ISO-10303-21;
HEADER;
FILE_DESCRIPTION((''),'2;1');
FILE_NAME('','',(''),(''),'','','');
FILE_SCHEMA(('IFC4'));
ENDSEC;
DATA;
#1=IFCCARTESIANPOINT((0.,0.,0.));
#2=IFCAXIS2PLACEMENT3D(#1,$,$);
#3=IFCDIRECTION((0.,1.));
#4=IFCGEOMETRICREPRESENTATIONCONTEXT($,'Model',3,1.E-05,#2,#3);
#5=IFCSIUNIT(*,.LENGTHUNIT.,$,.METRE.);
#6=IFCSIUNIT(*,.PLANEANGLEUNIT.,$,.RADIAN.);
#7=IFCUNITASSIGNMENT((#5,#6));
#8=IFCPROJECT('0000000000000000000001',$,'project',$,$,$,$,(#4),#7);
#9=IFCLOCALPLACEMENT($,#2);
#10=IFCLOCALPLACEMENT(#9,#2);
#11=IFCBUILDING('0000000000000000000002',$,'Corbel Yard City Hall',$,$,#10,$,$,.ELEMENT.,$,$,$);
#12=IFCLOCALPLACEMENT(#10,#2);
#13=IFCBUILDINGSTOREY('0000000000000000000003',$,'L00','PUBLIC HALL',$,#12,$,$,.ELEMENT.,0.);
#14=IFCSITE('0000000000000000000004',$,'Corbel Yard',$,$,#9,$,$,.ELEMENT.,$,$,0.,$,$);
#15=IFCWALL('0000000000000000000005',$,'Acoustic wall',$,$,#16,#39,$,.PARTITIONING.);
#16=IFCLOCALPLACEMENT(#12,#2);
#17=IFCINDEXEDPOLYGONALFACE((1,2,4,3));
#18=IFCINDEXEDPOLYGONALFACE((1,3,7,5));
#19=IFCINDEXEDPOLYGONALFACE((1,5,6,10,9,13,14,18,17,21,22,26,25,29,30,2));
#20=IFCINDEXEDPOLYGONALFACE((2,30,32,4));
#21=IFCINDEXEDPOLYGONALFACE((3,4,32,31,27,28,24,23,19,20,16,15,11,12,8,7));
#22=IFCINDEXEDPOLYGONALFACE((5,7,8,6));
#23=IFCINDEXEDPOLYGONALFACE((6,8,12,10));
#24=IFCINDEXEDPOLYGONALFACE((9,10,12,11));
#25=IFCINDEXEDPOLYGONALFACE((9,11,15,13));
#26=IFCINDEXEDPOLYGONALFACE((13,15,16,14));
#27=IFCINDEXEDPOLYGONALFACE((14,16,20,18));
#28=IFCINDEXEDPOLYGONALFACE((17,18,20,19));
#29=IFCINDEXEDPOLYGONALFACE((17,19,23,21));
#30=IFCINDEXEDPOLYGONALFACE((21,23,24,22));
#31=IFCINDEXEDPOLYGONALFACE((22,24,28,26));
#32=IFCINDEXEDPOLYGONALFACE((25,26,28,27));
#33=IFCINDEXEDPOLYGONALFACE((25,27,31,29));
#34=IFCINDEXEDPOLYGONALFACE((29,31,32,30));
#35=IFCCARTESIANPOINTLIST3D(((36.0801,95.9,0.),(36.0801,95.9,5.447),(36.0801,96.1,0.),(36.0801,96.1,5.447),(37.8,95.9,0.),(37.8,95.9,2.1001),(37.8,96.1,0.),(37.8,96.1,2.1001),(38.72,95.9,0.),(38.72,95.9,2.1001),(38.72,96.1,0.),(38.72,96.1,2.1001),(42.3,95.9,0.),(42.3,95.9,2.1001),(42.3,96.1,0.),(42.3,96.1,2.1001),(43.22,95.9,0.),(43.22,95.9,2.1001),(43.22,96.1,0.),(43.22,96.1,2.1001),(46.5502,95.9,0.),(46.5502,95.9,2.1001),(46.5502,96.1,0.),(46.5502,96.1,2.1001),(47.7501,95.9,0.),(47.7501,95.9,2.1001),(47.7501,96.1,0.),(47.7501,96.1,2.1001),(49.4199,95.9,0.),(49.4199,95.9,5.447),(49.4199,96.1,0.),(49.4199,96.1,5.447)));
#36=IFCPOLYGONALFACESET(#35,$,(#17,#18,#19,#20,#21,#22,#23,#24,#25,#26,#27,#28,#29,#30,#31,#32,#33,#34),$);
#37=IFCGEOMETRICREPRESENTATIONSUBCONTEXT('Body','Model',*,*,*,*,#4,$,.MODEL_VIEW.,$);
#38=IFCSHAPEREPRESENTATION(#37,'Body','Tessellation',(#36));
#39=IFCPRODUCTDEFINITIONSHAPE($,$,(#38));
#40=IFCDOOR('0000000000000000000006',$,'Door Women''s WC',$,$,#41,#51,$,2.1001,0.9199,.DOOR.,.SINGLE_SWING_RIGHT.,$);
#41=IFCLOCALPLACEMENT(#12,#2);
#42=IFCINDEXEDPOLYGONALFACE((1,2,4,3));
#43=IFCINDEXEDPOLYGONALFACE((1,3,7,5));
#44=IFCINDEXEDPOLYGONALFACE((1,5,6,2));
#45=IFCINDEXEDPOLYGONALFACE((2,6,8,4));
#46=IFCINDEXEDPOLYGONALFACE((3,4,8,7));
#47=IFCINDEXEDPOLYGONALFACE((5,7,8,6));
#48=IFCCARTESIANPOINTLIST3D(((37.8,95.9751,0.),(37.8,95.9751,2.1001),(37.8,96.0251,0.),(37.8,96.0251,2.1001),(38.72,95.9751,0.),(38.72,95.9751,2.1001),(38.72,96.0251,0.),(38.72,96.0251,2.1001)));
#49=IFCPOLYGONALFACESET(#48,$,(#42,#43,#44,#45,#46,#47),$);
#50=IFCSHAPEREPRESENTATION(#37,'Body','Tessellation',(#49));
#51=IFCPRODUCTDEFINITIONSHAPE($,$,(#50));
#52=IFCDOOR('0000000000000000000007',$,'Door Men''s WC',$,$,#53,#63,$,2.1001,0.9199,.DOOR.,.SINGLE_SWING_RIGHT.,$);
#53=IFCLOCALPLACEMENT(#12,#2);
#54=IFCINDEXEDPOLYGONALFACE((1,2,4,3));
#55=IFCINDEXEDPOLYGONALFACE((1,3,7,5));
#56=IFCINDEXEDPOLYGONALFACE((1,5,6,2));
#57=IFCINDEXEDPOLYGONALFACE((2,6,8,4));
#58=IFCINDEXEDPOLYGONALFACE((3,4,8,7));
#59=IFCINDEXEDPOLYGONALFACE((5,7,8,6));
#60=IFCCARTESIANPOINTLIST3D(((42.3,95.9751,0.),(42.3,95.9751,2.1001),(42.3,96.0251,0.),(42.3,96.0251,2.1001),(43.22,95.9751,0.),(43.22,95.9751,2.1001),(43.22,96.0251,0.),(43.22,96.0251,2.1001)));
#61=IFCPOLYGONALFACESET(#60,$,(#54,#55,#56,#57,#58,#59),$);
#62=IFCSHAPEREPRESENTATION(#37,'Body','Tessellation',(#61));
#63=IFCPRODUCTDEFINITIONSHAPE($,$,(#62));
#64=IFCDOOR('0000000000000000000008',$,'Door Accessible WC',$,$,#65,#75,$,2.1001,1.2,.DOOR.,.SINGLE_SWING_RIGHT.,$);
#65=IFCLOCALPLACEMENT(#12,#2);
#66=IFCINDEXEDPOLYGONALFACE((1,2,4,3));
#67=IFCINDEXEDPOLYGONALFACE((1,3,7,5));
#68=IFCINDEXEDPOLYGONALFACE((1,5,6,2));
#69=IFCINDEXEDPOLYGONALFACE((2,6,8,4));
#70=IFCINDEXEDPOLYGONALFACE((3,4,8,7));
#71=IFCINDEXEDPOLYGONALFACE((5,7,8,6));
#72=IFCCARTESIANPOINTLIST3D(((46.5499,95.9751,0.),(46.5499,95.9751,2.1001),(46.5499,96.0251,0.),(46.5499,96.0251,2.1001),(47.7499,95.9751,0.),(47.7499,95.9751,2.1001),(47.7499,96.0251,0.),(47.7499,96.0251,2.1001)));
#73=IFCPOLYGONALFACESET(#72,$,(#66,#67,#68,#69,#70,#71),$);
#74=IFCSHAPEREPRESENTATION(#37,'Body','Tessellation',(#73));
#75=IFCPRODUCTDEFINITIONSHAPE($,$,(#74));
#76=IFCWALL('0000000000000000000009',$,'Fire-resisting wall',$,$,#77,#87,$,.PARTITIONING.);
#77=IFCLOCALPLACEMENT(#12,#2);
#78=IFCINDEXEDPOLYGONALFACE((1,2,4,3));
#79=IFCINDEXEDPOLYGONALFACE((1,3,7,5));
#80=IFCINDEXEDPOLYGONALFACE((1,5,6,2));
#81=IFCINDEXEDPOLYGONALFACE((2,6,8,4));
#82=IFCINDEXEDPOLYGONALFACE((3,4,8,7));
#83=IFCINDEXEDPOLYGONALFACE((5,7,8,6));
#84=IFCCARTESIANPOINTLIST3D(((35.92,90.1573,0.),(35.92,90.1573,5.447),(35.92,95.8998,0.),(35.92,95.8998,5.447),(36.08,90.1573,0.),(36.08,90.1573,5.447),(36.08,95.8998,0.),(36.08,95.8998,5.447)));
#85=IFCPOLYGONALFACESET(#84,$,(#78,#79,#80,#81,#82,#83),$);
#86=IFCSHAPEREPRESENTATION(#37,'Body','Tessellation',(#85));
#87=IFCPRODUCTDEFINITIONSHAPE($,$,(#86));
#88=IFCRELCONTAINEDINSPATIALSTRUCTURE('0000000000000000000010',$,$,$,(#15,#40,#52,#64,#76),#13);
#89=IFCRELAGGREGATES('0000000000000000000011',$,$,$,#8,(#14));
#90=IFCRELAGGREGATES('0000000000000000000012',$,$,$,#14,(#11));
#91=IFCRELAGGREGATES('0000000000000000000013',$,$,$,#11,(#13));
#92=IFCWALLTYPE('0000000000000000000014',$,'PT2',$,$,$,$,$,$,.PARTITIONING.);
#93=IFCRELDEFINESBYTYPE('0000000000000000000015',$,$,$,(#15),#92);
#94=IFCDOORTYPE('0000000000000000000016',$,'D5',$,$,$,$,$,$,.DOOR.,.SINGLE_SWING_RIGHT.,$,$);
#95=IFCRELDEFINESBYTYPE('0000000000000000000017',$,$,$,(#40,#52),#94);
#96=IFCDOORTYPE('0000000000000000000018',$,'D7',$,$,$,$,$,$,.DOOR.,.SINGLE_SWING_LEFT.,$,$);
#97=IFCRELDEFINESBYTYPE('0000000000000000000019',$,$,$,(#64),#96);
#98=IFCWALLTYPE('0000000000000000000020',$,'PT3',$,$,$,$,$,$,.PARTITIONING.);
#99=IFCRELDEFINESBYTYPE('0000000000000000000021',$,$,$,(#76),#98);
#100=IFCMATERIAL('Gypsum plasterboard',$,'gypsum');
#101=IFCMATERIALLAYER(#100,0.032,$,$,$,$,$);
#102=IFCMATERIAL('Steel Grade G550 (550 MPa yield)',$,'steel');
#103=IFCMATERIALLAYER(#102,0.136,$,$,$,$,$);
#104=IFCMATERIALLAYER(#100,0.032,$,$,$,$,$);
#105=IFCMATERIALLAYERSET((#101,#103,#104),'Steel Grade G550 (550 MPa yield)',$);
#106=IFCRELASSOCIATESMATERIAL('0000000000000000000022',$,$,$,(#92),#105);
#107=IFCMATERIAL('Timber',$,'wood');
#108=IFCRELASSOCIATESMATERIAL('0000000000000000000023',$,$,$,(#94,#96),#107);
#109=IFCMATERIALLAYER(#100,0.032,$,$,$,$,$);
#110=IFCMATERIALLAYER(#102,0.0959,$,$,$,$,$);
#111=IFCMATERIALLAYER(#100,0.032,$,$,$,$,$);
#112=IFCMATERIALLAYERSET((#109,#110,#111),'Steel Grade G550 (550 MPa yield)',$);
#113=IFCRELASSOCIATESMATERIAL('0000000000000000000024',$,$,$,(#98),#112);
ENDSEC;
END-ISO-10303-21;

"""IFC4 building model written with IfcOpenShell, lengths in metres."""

from ifc_helpers import new_model, si_unit, direction, frame, frame_2d, origin, place, context, subcontext, project, spatial, rectangle, extrude, material, layer, layer_set, type_object, element, fill, save


model = new_model("IFC4")

# Units and contexts
model_context = context("Model", 3, precision=1e-05, world=origin(), true_north=direction((0.0, 1.0)))
body_context = subcontext(model_context, "Body", "Model", "MODEL_VIEW")
ifc_project = project(units=[si_unit("LENGTHUNIT", "METRE"), si_unit("PLANEANGLEUNIT", "RADIAN")], contexts=[model_context])

# Site, building, storey
site_placement = place(None, origin())
site = spatial("IfcSite", under=ifc_project, at=site_placement, Name="Corbel Yard", CompositionType="ELEMENT", RefElevation=0.0)
building_placement = place(site_placement, origin())
building = spatial("IfcBuilding", under=site, at=building_placement, Name="Corbel Yard City Hall", CompositionType="ELEMENT")
storey_placement = place(building_placement, origin())
storey = spatial("IfcBuildingStorey", under=building, at=storey_placement, Name="L00", Description="PUBLIC HALL", CompositionType="ELEMENT", Elevation=0.0)

# Wall, openings, doors
ifc_material_1 = material(Name="Gypsum plasterboard", Category="gypsum")
ifc_layer_1 = layer(ifc_material_1, 0.032)
ifc_material_2 = material(Name="Steel Grade G550 (550 MPa yield)", Category="steel")
ifc_layer_2 = layer(ifc_material_2, 0.136)
ifc_layer_3 = layer(ifc_material_1, 0.032)
ifc_layer_set_1 = layer_set([ifc_layer_1, ifc_layer_2, ifc_layer_3], Name="Steel Grade G550 (550 MPa yield)")
wall_type_1 = type_object("IfcWallType", Name="PT2", PredefinedType="PARTITIONING", material=ifc_layer_set_1)
wall_1_placement = place(storey_placement, frame((36.0801, 96.0, 0.0), z_axis=(0.0, 0.0, 1.0), x_axis=(1.0, 0.0, 0.0)))
wall_1 = element("IfcWall", 1, at=wall_1_placement, inside=storey, type_object=wall_type_1, Name="Acoustic wall", PredefinedType="PARTITIONING", context=body_context, shape_type="SweptSolid", body=[
    extrude(rectangle(XDim=13.3398, YDim=0.2, at=frame_2d((6.6699, 0.0))), origin(), (0.0, 0.0, 1.0), 5.447),
])
opening_1_placement = place(wall_1_placement, frame((1.72, 0.0, 0.0)))
opening_1 = element("IfcOpeningElement", 2, at=opening_1_placement, cuts=wall_1, PredefinedType="OPENING", context=body_context, shape_type="SweptSolid", body=[
    extrude(rectangle(XDim=0.9199, YDim=2.1001, at=frame_2d((0.46, 1.05))), frame((0.0, 0.1099, 0.0), z_axis=(0.0, -1.0, 0.0), x_axis=(1.0, 0.0, 0.0)), (0.0, 0.0, 1.0), 0.22),
])
opening_2_placement = place(wall_1_placement, frame((6.22, 0.0, 0.0)))
opening_2 = element("IfcOpeningElement", 3, at=opening_2_placement, cuts=wall_1, PredefinedType="OPENING", context=body_context, shape_type="SweptSolid", body=[
    extrude(rectangle(XDim=0.9199, YDim=2.1001, at=frame_2d((0.46, 1.05))), frame((0.0, 0.1099, 0.0), z_axis=(0.0, -1.0, 0.0), x_axis=(1.0, 0.0, 0.0)), (0.0, 0.0, 1.0), 0.22),
])
opening_3_placement = place(wall_1_placement, frame((10.47, 0.0, 0.0)))
opening_3 = element("IfcOpeningElement", 4, at=opening_3_placement, cuts=wall_1, PredefinedType="OPENING", context=body_context, shape_type="SweptSolid", body=[
    extrude(rectangle(XDim=1.2, YDim=2.1001, at=frame_2d((0.6001, 1.05))), frame((0.0, 0.1099, 0.0), z_axis=(0.0, -1.0, 0.0), x_axis=(1.0, 0.0, 0.0)), (0.0, 0.0, 1.0), 0.22),
])
ifc_material_3 = material(Name="Timber", Category="wood")
door_type_1 = type_object("IfcDoorType", Name="D5", OperationType="SINGLE_SWING_RIGHT", PredefinedType="DOOR", material=ifc_material_3)
door_1_placement = place(opening_1_placement, frame((0.9199, 0.0, 0.0), z_axis=(0.0, 0.0, 1.0), x_axis=(-1.0, 0.0, 0.0)))
door_1 = element("IfcDoor", 5, at=door_1_placement, inside=storey, type_object=door_type_1, Name="Door Women's WC", OperationType="SINGLE_SWING_RIGHT", OverallHeight=2.1001, OverallWidth=0.9199, PredefinedType="DOOR", context=body_context, shape_type="SweptSolid", body=[
    extrude(rectangle(XDim=0.9199, YDim=2.1001, at=frame_2d((0.46, 1.05))), frame((0.0, 0.0249, 0.0), z_axis=(0.0, -1.0, 0.0), x_axis=(1.0, 0.0, 0.0)), (0.0, 0.0, 1.0), 0.05),
])
fill(opening_1, door_1)
door_2_placement = place(opening_2_placement, frame((0.9199, 0.0, 0.0), z_axis=(0.0, 0.0, 1.0), x_axis=(-1.0, 0.0, 0.0)))
door_2 = element("IfcDoor", 6, at=door_2_placement, inside=storey, type_object=door_type_1, Name="Door Men's WC", OperationType="SINGLE_SWING_RIGHT", OverallHeight=2.1001, OverallWidth=0.9199, PredefinedType="DOOR", context=body_context, shape_type="SweptSolid", body=[
    extrude(rectangle(XDim=0.9199, YDim=2.1001, at=frame_2d((0.46, 1.05))), frame((0.0, 0.0249, 0.0), z_axis=(0.0, -1.0, 0.0), x_axis=(1.0, 0.0, 0.0)), (0.0, 0.0, 1.0), 0.05),
])
fill(opening_2, door_2)
door_type_2 = type_object("IfcDoorType", Name="D7", OperationType="SINGLE_SWING_LEFT", PredefinedType="DOOR", material=ifc_material_3)
door_3_placement = place(opening_3_placement, frame((1.2, 0.0, 0.0), z_axis=(0.0, 0.0, 1.0), x_axis=(-1.0, 0.0, 0.0)))
door_3 = element("IfcDoor", 7, at=door_3_placement, inside=storey, type_object=door_type_2, Name="Door Accessible WC", OperationType="SINGLE_SWING_RIGHT", OverallHeight=2.1001, OverallWidth=1.2, PredefinedType="DOOR", context=body_context, shape_type="SweptSolid", body=[
    extrude(rectangle(XDim=1.2, YDim=2.1001, at=frame_2d((0.6001, 1.05))), frame((0.0, 0.0249, 0.0), z_axis=(0.0, -1.0, 0.0), x_axis=(1.0, 0.0, 0.0)), (0.0, 0.0, 1.0), 0.05),
])
fill(opening_3, door_3)

# Wall
ifc_layer_4 = layer(ifc_material_1, 0.032)
ifc_layer_5 = layer(ifc_material_2, 0.0959)
ifc_layer_6 = layer(ifc_material_1, 0.032)
ifc_layer_set_2 = layer_set([ifc_layer_4, ifc_layer_5, ifc_layer_6], Name="Steel Grade G550 (550 MPa yield)")
wall_type_2 = type_object("IfcWallType", Name="PT3", PredefinedType="PARTITIONING", material=ifc_layer_set_2)
wall_2_placement = place(storey_placement, frame((36.0, 90.1575, 0.0), z_axis=(0.0, 0.0, 1.0), x_axis=(0.0, 1.0, 0.0)))
element("IfcWall", 8, at=wall_2_placement, inside=storey, type_object=wall_type_2, Name="Fire-resisting wall", PredefinedType="PARTITIONING", context=body_context, shape_type="SweptSolid", body=[
    extrude(rectangle(XDim=5.7424, YDim=0.1599, at=frame_2d((2.8711, 0.0))), origin(), (0.0, 0.0, 1.0), 5.447),
])

save(model, "model.ifc")
